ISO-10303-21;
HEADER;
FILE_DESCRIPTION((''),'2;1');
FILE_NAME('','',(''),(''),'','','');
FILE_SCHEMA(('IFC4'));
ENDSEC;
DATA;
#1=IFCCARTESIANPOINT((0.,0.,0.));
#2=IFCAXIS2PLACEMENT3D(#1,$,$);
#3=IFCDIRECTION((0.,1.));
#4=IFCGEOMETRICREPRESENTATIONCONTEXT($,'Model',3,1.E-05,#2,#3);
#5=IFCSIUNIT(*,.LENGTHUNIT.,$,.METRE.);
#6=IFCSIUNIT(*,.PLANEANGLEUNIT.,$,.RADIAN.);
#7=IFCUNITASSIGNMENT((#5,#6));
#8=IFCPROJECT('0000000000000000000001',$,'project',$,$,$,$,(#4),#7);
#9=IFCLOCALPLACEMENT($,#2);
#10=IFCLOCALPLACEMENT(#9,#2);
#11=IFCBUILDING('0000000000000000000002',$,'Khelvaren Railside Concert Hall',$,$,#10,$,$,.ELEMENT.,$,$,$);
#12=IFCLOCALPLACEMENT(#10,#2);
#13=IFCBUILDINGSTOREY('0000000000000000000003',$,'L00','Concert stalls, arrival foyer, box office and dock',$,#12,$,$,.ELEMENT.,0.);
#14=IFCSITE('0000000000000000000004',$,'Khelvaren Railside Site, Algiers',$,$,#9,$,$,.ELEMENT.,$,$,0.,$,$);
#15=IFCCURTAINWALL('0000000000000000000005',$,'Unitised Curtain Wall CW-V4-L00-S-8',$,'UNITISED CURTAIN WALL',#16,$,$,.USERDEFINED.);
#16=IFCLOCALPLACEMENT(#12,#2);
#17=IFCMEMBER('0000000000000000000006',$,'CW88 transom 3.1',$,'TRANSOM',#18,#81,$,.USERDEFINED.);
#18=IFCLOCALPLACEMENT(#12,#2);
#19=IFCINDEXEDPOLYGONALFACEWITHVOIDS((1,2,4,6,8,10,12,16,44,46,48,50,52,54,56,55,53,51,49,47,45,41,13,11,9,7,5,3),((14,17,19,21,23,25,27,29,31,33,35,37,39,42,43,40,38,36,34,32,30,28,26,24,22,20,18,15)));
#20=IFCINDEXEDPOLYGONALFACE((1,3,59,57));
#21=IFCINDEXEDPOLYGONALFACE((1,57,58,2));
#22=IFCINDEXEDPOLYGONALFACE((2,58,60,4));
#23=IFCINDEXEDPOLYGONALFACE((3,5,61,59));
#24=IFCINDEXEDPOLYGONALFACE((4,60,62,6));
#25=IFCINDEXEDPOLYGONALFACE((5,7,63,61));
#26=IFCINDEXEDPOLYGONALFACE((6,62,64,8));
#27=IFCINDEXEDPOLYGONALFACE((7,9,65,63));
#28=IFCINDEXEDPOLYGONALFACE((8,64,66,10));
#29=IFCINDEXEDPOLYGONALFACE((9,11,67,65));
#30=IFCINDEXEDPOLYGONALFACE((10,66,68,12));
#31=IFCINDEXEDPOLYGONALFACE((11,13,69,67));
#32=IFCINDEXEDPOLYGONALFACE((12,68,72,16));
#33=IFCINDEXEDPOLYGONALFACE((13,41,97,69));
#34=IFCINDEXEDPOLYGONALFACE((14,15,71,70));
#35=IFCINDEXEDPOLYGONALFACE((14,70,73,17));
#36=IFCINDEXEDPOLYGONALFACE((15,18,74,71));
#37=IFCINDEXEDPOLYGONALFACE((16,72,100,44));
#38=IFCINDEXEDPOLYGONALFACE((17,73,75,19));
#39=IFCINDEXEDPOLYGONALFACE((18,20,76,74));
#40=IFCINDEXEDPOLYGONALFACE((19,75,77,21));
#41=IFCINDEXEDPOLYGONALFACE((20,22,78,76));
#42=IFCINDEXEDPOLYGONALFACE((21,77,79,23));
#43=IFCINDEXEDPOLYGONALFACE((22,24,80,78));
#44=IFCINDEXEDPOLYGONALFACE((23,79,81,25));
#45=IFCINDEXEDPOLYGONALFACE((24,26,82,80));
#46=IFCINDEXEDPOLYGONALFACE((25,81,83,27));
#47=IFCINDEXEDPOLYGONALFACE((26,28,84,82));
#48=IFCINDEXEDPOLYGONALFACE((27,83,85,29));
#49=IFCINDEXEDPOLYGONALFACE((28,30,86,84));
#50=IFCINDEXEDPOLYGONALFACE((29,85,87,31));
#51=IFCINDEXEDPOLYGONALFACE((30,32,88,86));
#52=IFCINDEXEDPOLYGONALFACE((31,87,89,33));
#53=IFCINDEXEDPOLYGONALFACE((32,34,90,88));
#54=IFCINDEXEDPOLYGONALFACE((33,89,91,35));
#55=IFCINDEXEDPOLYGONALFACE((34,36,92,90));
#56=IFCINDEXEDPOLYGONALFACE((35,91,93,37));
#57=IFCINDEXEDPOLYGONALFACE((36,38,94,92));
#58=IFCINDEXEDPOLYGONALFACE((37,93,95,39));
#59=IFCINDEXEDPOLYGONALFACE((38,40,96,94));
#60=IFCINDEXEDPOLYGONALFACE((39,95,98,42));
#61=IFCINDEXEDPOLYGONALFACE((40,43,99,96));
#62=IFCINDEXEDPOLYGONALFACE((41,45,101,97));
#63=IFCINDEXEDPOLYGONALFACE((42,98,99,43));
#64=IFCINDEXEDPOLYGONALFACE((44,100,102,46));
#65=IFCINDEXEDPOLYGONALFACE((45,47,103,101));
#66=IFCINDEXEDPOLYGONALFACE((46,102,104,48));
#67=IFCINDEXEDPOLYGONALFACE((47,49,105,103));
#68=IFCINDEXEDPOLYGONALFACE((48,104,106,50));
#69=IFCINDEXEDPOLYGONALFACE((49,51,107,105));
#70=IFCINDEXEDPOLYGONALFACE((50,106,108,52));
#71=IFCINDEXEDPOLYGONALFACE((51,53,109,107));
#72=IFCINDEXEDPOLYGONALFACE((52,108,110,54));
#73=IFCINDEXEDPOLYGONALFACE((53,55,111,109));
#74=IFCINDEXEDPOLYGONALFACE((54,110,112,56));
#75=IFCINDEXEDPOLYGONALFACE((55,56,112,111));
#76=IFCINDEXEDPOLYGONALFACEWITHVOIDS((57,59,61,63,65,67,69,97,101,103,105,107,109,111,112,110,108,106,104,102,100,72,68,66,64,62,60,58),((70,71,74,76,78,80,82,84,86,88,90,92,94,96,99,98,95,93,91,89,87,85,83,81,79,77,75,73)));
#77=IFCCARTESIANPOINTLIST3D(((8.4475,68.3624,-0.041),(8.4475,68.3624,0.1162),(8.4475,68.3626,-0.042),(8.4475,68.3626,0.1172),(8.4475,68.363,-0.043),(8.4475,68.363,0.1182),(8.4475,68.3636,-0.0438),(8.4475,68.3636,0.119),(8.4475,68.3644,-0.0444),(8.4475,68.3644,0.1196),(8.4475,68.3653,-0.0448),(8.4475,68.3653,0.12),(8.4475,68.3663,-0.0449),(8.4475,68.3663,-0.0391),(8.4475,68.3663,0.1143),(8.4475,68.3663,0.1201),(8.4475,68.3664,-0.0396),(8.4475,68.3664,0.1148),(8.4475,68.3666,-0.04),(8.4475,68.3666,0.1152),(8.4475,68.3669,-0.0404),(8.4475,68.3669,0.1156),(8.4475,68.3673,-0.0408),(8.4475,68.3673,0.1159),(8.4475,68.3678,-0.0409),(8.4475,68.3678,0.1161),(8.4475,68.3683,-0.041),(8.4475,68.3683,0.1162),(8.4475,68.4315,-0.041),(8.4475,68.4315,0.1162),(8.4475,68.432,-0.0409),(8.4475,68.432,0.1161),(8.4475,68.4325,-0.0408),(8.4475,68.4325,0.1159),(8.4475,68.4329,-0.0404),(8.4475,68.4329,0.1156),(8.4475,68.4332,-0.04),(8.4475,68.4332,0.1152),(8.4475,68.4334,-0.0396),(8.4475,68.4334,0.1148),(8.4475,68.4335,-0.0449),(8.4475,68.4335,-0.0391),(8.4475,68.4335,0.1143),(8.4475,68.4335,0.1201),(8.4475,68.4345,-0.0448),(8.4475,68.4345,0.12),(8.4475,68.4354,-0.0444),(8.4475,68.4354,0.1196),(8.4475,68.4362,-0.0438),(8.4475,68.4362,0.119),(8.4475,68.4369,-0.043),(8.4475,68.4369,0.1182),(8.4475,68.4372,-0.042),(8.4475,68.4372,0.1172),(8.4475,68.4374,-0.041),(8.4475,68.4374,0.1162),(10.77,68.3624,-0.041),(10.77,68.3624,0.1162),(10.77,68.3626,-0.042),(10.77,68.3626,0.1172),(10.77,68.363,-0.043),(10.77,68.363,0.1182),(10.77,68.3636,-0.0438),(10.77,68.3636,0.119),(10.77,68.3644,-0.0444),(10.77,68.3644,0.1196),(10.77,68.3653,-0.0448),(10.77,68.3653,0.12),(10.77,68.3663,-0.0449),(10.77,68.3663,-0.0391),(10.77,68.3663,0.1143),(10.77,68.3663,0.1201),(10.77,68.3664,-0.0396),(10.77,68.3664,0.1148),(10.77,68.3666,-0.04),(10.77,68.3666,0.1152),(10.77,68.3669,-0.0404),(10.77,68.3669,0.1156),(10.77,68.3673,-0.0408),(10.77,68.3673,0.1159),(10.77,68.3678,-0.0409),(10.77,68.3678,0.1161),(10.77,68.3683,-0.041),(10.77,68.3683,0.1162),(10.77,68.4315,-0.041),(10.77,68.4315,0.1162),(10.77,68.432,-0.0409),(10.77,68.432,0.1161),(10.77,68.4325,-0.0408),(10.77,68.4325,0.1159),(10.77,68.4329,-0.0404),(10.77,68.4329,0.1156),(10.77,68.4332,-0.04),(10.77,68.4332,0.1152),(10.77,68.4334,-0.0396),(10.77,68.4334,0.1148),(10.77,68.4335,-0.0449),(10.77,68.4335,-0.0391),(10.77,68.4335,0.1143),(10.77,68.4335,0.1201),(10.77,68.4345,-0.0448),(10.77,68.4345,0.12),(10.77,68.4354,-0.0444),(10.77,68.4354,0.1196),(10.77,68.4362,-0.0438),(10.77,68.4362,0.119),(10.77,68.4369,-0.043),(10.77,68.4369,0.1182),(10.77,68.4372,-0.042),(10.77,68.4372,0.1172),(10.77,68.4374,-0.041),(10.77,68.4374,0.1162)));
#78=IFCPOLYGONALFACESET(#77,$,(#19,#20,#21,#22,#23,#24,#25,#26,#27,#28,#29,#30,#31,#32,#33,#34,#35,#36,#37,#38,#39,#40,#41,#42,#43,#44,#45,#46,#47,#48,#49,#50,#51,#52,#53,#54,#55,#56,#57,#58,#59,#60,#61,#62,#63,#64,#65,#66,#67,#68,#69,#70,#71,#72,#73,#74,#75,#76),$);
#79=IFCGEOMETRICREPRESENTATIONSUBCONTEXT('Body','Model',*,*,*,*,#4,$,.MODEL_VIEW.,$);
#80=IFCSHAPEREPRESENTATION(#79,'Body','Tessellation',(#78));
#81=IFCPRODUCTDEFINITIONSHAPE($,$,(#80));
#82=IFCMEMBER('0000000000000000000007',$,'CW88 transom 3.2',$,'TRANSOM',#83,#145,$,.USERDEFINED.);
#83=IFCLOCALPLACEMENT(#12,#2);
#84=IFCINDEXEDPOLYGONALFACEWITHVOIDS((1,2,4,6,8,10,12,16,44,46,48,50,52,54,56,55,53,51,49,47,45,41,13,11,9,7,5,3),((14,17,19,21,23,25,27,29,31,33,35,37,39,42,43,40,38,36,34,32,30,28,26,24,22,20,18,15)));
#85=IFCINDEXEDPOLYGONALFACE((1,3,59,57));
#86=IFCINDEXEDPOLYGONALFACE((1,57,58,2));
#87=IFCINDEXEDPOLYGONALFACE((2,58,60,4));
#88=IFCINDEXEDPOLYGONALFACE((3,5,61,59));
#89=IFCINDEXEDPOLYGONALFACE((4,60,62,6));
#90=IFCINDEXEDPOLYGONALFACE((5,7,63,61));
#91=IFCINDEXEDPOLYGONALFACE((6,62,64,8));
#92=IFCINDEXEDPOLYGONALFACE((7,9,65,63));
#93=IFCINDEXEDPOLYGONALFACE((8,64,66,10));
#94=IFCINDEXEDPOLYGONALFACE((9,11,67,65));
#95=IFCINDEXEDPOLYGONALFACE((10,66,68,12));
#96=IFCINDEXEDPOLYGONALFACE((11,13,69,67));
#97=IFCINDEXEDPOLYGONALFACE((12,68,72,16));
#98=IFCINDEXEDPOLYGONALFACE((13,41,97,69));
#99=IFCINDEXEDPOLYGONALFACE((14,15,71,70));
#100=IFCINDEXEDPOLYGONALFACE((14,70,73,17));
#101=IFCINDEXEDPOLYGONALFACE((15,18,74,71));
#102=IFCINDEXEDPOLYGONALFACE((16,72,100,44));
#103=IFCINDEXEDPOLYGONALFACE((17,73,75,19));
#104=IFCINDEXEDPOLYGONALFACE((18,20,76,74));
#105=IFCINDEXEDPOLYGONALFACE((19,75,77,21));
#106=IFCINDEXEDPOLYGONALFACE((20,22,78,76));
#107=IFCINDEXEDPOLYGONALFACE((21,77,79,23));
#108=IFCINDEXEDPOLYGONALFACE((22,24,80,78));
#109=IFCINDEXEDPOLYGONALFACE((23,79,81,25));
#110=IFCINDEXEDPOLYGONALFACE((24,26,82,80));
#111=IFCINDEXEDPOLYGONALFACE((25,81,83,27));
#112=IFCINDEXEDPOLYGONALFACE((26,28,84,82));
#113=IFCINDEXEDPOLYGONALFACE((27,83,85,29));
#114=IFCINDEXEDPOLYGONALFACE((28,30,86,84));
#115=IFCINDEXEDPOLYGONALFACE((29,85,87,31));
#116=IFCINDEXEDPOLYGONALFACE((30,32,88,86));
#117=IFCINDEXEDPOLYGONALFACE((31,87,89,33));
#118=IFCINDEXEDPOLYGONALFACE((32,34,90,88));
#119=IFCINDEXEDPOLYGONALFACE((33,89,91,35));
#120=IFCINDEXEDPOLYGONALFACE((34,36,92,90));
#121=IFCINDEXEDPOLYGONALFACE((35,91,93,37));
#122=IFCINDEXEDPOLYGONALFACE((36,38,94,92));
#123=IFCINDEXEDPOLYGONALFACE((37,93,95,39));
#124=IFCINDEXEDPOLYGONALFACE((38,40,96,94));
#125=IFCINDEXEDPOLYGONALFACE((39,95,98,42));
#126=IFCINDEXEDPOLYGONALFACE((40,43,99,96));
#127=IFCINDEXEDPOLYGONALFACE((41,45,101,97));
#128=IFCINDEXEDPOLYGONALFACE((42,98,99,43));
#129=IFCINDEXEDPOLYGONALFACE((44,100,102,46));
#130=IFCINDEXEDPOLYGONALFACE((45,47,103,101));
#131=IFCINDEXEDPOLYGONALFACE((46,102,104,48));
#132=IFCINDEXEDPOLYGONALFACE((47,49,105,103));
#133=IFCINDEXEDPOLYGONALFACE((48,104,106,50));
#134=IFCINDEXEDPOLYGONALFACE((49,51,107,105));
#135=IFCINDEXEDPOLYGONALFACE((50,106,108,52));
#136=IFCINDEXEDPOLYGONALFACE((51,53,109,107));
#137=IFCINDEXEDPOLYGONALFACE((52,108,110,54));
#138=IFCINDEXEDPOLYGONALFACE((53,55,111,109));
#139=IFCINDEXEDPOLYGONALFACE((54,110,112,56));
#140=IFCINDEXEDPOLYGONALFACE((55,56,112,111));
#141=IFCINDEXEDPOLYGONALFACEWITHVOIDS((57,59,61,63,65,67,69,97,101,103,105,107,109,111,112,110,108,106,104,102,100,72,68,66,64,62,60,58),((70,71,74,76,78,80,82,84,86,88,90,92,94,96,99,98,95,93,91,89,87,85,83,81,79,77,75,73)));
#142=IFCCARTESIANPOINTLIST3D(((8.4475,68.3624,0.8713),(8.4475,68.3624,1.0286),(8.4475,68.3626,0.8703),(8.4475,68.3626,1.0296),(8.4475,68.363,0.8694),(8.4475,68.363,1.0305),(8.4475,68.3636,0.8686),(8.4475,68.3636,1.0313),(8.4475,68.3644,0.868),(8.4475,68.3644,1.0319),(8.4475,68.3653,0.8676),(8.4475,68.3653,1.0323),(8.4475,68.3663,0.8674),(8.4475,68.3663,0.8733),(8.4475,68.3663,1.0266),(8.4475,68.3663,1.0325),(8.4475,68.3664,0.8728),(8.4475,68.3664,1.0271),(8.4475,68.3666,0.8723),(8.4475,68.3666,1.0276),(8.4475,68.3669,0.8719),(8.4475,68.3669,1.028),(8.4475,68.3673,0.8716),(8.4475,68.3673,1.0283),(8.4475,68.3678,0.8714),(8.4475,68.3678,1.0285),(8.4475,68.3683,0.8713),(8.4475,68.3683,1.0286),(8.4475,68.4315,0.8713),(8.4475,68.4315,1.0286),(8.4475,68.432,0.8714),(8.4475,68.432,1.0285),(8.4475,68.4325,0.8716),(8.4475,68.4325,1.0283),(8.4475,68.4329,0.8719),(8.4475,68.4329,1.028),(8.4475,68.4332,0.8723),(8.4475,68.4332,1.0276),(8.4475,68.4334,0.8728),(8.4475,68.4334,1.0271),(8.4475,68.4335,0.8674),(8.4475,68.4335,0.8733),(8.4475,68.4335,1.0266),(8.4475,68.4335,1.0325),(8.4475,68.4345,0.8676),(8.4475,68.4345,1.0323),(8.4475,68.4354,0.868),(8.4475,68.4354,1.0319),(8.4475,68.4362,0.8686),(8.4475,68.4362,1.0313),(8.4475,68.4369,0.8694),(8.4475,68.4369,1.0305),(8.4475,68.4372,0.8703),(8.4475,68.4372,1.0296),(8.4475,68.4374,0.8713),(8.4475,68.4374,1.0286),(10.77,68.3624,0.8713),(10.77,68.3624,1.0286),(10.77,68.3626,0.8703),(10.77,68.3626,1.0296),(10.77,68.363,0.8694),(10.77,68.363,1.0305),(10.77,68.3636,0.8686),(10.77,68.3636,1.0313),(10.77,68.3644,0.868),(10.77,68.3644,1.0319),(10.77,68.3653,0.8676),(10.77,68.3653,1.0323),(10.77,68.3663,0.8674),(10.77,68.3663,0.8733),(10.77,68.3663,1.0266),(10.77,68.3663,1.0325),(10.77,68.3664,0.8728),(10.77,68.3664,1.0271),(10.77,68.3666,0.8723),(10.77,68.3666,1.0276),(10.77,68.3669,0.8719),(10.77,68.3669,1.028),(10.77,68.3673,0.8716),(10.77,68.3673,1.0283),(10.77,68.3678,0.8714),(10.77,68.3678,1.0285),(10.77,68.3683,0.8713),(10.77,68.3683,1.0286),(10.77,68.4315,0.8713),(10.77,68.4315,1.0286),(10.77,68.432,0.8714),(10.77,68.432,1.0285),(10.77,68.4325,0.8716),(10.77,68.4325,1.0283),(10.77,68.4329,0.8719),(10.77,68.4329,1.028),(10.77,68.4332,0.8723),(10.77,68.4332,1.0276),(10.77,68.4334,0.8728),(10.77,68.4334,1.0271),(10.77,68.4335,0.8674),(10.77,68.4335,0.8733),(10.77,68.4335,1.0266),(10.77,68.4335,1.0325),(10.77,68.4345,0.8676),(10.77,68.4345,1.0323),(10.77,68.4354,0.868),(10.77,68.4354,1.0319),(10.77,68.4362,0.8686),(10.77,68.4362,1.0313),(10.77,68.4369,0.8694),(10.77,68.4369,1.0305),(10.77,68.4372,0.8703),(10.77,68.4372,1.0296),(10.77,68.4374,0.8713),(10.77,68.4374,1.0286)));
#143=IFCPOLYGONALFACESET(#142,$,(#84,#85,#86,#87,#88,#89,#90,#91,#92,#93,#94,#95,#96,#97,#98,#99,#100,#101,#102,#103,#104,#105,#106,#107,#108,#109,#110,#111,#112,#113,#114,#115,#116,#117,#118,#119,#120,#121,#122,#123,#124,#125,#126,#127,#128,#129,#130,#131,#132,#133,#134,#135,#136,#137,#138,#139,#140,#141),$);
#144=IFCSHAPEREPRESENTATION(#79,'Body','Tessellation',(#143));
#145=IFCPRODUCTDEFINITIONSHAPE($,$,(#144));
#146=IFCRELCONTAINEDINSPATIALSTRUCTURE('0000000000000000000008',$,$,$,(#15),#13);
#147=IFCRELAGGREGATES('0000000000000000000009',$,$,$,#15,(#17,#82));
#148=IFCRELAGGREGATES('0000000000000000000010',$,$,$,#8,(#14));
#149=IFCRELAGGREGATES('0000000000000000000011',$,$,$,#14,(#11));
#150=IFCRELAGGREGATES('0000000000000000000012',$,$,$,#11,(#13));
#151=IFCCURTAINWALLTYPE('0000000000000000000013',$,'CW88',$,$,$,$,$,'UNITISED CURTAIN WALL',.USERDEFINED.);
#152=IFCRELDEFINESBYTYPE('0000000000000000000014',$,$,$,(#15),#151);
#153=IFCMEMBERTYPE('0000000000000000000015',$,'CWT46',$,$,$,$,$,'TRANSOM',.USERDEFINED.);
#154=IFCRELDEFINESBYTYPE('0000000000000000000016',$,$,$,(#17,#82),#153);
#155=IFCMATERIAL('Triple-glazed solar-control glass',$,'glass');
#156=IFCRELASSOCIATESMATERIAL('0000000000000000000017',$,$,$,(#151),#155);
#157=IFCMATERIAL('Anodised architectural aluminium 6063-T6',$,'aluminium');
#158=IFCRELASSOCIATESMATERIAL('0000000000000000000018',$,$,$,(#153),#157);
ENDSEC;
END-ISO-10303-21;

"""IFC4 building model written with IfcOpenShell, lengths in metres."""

from ifc_helpers import new_model, si_unit, direction, frame, origin, origin_2d, place, context, subcontext, project, spatial, hollow_rectangle, extrude, material, material_profile, profile_set, type_object, element, aggregate, save


model = new_model("IFC4")

# Units and contexts
model_context = context("Model", 3, precision=1e-05, world=origin(), true_north=direction((0.0, 1.0)))
body_context = subcontext(model_context, "Body", "Model", "MODEL_VIEW")
ifc_project = project(units=[si_unit("LENGTHUNIT", "METRE"), si_unit("PLANEANGLEUNIT", "RADIAN")], contexts=[model_context])

# Site, building, storey
site_placement = place(None, origin())
site = spatial("IfcSite", under=ifc_project, at=site_placement, Name="Khelvaren Railside Site, Algiers", CompositionType="ELEMENT", RefElevation=0.0)
building_placement = place(site_placement, origin())
building = spatial("IfcBuilding", under=site, at=building_placement, Name="Khelvaren Railside Concert Hall", CompositionType="ELEMENT")
storey_placement = place(building_placement, origin())
storey = spatial("IfcBuildingStorey", under=building, at=storey_placement, Name="L00", Description="Concert stalls, arrival foyer, box office and dock", CompositionType="ELEMENT", Elevation=0.0)

# Curtain wall
ifc_material_1 = material(Name="Triple-glazed solar-control glass", Category="glass")
ifc_material_2 = material(Name="Anodised architectural aluminium 6063-T6", Category="aluminium")
curtain_wall_type_1 = type_object("IfcCurtainWallType", Name="CW88", ElementType="UNITISED CURTAIN WALL", PredefinedType="USERDEFINED", material=ifc_material_1)
curtain_wall_1_placement = place(storey_placement, origin())
curtain_wall_1 = element("IfcCurtainWall", 1, at=curtain_wall_1_placement, inside=storey, type_object=curtain_wall_type_1, Name="Unitised Curtain Wall CW-V4-L00-S-8", ObjectType="UNITISED CURTAIN WALL", PredefinedType="USERDEFINED")

# Members
ifc_material_profile_1 = material_profile(ifc_material_2, hollow_rectangle(XDim=0.075, YDim=0.165, WallThickness=0.0039, InnerFilletRadius=0.002, OuterFilletRadius=0.0039, at=origin_2d()), Name="CWT 75x165x4")
ifc_profile_set_1 = profile_set([ifc_material_profile_1], Name="Anodised architectural aluminium 6063-T6")
member_type_1 = type_object("IfcMemberType", Name="CWT46", ElementType="TRANSOM", PredefinedType="USERDEFINED", material=ifc_profile_set_1)
member_1_placement = place(storey_placement, frame((10.77, 68.3999, 0.0376), z_axis=(-1.0, 0.0, 0.0), x_axis=(0.0, -1.0, 0.0)))
member_1 = element("IfcMember", 2, at=member_1_placement, type_object=member_type_1, Name="CW88 transom 3.1", ObjectType="TRANSOM", PredefinedType="USERDEFINED", context=body_context, shape_type="SweptSolid", body=[
    extrude(hollow_rectangle(XDim=0.075, YDim=0.165, WallThickness=0.0039, InnerFilletRadius=0.002, OuterFilletRadius=0.0039, at=origin_2d()), origin(), (0.0, 0.0, 1.0), 2.3225),
])
member_2_placement = place(storey_placement, frame((10.77, 68.3999, 0.95), z_axis=(-1.0, 0.0, 0.0), x_axis=(0.0, -1.0, 0.0)))
member_2 = element("IfcMember", 3, at=member_2_placement, type_object=member_type_1, Name="CW88 transom 3.2", ObjectType="TRANSOM", PredefinedType="USERDEFINED", context=body_context, shape_type="SweptSolid", body=[
    extrude(hollow_rectangle(XDim=0.075, YDim=0.165, WallThickness=0.0039, InnerFilletRadius=0.002, OuterFilletRadius=0.0039, at=origin_2d()), origin(), (0.0, 0.0, 1.0), 2.3225),
])

aggregate(curtain_wall_1, [member_1, member_2])

save(model, "model.ifc")
